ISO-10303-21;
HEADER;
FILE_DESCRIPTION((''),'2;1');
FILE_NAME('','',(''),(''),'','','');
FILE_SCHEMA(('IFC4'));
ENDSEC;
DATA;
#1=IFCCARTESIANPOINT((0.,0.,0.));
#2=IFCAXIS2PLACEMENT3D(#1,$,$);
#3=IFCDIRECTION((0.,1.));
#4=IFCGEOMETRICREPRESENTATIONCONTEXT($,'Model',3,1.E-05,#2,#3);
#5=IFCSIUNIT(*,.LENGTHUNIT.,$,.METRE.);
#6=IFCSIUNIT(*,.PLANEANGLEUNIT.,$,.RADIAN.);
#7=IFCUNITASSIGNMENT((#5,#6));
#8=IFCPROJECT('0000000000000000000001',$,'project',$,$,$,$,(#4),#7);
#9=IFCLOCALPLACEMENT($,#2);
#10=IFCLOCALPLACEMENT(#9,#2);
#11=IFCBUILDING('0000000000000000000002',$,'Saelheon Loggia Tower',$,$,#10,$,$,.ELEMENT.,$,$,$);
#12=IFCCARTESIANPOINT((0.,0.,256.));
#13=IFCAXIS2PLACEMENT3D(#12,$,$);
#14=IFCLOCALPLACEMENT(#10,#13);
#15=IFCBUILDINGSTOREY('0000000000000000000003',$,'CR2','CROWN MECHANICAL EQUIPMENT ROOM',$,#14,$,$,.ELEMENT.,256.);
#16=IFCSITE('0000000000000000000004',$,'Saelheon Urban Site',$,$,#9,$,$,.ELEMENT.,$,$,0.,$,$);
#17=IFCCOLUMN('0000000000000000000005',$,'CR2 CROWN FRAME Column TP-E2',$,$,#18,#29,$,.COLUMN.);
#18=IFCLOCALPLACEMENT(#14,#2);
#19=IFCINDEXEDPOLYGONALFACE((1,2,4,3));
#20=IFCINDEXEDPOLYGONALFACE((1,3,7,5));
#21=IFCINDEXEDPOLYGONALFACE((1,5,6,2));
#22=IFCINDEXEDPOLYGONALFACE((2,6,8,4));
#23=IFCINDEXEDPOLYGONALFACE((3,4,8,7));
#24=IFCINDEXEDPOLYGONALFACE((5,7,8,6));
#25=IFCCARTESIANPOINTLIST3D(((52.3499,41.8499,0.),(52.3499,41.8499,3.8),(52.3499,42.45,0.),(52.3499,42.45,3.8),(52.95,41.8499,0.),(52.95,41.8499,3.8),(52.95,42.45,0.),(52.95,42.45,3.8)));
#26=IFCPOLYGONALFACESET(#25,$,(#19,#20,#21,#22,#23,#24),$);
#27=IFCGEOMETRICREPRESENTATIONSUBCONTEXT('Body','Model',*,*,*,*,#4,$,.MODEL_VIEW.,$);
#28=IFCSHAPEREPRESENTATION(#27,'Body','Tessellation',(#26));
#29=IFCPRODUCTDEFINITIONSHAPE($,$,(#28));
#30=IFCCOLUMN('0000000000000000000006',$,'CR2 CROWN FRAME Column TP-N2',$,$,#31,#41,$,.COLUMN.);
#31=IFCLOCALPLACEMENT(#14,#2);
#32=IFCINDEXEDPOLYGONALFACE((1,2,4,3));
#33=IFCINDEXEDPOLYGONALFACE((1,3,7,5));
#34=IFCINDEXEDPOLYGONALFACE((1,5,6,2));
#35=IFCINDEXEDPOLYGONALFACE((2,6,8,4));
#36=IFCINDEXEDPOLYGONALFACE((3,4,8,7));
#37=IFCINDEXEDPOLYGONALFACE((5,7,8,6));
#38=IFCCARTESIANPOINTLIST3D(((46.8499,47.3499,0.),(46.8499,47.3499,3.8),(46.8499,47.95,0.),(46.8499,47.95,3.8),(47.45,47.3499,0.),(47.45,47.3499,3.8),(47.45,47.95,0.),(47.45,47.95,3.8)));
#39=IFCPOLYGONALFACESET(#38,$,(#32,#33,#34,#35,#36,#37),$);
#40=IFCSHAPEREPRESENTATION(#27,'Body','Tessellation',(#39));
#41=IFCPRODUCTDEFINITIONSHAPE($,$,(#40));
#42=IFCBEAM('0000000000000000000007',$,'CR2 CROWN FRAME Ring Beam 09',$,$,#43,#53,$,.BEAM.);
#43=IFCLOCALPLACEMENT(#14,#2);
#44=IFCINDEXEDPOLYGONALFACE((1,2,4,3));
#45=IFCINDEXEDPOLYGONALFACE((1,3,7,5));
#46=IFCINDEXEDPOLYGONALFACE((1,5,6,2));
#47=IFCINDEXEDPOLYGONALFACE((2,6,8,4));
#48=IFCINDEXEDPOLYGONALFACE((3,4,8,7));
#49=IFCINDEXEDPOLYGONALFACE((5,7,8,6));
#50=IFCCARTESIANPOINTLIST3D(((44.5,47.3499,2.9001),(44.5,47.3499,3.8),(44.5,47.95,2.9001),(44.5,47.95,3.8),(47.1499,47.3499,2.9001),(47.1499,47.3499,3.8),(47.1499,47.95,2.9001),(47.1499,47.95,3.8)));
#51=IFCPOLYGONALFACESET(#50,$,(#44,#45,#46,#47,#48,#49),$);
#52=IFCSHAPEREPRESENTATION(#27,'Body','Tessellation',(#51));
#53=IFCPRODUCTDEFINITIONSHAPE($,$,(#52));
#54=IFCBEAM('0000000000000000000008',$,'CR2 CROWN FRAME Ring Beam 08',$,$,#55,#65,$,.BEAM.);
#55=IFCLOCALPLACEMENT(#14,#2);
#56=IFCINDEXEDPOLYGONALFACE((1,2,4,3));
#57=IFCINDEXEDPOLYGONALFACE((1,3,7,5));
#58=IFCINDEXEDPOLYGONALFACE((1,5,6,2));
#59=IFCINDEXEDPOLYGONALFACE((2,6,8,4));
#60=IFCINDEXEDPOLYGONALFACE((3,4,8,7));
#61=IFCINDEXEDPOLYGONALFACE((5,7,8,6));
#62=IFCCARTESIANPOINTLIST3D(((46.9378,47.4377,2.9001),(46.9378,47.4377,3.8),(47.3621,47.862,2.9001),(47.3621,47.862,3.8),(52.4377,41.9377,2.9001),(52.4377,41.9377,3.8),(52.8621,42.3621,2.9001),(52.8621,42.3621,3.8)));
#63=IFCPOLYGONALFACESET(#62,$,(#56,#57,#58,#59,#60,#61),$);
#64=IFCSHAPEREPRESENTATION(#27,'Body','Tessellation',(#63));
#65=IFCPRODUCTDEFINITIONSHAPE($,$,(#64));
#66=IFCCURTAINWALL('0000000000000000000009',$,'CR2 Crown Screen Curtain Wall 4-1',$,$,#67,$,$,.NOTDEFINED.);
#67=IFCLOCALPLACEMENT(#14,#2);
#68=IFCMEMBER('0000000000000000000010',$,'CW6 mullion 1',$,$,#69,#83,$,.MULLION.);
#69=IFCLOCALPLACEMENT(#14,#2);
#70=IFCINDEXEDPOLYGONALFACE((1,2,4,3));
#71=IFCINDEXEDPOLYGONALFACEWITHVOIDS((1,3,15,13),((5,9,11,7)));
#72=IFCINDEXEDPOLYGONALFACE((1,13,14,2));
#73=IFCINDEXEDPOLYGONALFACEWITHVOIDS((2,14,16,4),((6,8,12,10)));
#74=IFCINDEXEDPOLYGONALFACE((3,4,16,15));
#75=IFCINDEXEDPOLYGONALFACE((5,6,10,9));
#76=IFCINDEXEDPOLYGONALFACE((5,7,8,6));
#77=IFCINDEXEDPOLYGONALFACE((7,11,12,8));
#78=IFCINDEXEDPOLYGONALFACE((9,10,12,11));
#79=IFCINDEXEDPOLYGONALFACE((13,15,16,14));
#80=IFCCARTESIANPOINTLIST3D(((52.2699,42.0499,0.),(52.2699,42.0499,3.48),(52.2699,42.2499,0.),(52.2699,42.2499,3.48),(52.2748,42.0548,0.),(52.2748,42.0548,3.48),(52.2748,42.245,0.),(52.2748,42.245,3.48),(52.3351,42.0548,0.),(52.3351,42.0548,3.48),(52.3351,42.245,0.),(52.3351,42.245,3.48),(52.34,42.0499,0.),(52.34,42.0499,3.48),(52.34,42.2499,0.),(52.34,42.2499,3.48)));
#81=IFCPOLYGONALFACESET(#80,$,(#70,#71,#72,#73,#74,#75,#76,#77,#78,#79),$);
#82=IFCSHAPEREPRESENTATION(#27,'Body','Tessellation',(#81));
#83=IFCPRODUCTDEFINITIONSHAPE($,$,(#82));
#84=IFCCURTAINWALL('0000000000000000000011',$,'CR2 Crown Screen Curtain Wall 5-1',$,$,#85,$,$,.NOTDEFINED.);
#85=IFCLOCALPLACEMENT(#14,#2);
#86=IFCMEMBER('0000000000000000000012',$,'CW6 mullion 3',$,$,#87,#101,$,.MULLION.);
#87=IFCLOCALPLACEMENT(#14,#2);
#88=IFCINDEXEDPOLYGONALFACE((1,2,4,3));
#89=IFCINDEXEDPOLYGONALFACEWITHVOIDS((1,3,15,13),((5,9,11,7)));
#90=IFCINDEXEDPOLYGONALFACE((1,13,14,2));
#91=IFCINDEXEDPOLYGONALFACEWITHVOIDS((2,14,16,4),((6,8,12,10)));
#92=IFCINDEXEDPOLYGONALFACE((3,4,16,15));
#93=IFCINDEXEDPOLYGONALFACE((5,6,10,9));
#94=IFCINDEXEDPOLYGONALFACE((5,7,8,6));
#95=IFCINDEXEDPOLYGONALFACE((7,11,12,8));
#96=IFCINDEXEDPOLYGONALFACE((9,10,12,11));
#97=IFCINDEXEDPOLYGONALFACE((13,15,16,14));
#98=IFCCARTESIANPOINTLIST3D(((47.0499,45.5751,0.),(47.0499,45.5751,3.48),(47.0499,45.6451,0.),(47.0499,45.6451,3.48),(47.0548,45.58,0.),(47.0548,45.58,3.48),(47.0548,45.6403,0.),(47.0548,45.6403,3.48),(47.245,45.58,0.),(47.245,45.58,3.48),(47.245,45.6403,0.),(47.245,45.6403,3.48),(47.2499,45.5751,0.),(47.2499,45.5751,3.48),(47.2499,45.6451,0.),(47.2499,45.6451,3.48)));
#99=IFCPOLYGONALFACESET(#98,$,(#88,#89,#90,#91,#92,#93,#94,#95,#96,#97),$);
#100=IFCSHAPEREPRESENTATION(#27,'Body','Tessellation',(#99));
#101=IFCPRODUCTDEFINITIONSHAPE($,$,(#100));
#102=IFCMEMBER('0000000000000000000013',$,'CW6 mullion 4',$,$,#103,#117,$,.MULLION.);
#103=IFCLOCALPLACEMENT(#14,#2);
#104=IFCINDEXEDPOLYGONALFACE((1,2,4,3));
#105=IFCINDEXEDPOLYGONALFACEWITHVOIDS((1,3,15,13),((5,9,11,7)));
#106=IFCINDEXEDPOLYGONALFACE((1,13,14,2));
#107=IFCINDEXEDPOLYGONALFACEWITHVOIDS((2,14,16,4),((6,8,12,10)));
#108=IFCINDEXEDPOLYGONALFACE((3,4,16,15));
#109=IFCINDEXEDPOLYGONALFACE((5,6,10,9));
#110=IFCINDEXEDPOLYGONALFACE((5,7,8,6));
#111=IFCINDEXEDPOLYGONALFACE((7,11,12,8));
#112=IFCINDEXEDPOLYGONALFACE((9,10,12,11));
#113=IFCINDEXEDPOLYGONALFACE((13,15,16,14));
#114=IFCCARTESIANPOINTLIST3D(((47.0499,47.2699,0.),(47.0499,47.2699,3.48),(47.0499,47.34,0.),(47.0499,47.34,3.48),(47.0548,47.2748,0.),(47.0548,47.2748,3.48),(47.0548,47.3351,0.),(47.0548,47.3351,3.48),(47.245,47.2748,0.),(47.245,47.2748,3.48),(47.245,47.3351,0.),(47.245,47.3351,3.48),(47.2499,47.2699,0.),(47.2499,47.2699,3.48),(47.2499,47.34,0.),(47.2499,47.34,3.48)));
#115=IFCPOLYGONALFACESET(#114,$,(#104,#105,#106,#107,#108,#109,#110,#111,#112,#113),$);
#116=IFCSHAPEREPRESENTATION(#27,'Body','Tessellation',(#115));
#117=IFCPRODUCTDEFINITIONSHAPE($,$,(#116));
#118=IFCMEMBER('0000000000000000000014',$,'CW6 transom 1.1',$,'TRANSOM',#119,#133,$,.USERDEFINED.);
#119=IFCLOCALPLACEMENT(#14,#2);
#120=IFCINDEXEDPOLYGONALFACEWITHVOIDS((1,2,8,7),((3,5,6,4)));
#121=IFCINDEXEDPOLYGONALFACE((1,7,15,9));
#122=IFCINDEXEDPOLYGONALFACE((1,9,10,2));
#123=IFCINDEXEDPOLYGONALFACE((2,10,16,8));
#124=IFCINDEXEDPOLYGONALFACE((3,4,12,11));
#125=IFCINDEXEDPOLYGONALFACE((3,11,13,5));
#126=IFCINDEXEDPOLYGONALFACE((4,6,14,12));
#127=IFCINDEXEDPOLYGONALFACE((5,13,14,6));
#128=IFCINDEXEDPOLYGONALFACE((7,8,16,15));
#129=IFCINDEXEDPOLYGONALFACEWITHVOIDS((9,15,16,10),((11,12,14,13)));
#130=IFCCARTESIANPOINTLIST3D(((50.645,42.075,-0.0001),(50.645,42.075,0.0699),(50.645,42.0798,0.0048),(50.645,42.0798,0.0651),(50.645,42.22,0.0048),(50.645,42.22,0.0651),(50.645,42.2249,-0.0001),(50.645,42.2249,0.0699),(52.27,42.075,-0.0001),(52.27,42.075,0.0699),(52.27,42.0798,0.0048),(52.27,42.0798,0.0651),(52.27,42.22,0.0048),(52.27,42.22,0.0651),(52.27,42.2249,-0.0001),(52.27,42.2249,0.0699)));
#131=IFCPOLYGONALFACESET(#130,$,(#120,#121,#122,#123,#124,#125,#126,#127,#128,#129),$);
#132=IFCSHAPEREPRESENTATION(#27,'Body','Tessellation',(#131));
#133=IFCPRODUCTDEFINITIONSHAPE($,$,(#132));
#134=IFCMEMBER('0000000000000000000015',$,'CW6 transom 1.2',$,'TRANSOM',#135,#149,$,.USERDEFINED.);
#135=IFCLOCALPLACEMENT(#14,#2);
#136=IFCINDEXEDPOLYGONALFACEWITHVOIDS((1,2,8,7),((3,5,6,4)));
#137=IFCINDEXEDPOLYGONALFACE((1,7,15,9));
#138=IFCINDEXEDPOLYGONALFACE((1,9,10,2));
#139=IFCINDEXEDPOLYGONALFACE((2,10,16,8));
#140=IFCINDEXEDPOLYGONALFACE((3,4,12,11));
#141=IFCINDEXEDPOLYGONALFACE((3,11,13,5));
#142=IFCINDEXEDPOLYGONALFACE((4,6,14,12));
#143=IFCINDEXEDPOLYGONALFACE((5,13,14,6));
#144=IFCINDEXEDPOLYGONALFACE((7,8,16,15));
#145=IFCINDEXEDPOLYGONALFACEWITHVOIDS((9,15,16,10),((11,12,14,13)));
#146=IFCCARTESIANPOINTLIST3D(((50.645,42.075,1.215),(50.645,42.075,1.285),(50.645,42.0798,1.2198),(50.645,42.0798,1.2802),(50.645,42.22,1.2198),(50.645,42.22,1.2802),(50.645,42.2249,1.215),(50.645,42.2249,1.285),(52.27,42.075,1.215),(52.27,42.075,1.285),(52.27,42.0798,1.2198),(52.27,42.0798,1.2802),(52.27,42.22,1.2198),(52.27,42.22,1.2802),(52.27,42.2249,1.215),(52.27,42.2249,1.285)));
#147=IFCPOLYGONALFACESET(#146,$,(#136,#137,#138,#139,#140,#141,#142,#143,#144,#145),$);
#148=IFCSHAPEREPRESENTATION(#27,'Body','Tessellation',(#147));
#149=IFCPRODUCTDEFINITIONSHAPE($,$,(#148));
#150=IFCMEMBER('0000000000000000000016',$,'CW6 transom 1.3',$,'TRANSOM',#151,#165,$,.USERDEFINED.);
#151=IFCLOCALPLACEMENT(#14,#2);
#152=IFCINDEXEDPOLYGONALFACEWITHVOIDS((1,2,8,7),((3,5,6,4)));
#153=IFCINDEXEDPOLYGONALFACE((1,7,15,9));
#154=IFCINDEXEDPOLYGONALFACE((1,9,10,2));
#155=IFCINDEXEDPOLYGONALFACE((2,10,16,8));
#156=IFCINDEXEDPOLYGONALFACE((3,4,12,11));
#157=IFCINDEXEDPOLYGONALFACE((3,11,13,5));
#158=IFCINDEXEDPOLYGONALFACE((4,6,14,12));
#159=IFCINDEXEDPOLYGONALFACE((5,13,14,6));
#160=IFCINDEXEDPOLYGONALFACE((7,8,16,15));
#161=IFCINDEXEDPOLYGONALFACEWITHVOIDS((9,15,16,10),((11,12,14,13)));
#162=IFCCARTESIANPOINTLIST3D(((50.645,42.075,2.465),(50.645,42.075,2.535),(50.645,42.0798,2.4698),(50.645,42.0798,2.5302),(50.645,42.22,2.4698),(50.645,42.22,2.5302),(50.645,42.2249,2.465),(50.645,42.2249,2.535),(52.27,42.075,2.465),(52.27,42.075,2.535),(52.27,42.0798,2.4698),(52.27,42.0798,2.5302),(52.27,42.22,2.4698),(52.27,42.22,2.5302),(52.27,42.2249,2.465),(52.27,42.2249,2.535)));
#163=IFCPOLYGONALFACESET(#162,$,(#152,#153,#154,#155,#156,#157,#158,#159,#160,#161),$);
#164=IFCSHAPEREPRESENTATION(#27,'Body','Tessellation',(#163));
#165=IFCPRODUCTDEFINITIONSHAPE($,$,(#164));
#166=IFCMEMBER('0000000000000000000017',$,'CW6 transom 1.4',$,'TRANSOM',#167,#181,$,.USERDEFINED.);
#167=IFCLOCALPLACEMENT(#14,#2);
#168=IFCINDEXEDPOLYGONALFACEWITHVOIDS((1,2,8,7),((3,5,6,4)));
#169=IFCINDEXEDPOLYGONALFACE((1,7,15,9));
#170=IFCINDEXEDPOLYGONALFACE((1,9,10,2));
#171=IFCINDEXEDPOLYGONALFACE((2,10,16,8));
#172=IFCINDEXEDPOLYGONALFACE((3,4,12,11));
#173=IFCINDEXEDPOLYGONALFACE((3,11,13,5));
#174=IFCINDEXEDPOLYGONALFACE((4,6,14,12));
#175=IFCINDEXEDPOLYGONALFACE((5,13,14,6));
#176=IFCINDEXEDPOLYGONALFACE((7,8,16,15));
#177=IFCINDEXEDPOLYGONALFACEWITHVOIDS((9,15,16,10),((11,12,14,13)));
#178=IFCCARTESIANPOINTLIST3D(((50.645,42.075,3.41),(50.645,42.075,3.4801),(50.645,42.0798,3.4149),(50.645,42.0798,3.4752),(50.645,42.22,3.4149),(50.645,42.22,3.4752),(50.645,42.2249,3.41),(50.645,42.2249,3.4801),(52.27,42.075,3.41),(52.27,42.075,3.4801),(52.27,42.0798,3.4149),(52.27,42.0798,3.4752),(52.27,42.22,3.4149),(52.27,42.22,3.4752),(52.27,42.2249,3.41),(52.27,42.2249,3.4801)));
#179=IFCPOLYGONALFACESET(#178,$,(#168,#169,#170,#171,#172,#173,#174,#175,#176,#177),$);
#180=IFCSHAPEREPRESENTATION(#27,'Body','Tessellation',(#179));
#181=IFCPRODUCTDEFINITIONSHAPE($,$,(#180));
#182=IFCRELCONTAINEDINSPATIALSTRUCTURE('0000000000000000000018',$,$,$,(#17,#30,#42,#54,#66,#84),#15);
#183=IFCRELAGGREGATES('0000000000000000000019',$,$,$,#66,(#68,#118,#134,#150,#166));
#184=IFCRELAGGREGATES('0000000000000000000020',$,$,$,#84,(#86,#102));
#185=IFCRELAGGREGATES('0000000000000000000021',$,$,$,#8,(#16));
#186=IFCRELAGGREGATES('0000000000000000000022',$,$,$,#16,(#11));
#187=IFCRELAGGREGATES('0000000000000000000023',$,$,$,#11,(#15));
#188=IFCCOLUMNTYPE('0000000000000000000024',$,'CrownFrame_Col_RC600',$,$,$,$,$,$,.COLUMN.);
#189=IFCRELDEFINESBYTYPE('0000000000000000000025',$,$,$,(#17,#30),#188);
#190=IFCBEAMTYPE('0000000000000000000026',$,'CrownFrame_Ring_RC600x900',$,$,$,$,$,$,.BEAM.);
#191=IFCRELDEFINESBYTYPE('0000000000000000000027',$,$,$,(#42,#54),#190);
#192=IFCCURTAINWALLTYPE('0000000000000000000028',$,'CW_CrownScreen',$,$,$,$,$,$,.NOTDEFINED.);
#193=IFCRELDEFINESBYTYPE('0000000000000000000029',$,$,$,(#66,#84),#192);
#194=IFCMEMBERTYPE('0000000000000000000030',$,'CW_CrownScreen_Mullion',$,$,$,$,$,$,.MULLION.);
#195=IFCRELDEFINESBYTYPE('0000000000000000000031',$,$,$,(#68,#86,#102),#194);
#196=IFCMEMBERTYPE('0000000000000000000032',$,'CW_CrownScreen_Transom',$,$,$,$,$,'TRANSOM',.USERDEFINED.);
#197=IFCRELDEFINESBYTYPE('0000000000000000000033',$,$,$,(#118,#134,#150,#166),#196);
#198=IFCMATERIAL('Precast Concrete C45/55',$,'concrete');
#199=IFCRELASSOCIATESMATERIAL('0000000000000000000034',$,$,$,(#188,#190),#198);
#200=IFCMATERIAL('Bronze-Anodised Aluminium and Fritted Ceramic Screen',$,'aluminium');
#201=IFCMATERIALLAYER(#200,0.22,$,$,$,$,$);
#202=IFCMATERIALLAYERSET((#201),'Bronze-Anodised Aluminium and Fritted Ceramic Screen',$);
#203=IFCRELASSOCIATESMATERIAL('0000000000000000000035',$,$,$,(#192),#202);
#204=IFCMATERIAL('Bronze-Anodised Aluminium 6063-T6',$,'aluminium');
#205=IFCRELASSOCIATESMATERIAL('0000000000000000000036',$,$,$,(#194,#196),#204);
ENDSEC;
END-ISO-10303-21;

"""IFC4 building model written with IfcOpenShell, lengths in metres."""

from ifc_helpers import new_model, si_unit, direction, frame, origin, origin_2d, place, context, subcontext, project, spatial, rectangle, hollow_rectangle, extrude, source, transform, mapped, material, layer, layer_set, material_profile, profile_set, type_object, element, aggregate, save


model = new_model("IFC4")

# Units and contexts
model_context = context("Model", 3, precision=1e-05, world=origin(), true_north=direction((0.0, 1.0)))
body_context = subcontext(model_context, "Body", "Model", "MODEL_VIEW")
ifc_project = project(units=[si_unit("LENGTHUNIT", "METRE"), si_unit("PLANEANGLEUNIT", "RADIAN")], contexts=[model_context])

# Site, building, storey
site_placement = place(None, origin())
site = spatial("IfcSite", under=ifc_project, at=site_placement, Name="Saelheon Urban Site", CompositionType="ELEMENT", RefElevation=0.0)
building_placement = place(site_placement, origin())
building = spatial("IfcBuilding", under=site, at=building_placement, Name="Saelheon Loggia Tower", CompositionType="ELEMENT")
storey_placement = place(building_placement, frame((0.0, 0.0, 256.0)))
storey = spatial("IfcBuildingStorey", under=building, at=storey_placement, Name="CR2", Description="CROWN MECHANICAL EQUIPMENT ROOM", CompositionType="ELEMENT", Elevation=256.0)

# Columns
ifc_material_1 = material(Name="Precast Concrete C45/55", Category="concrete")
ifc_material_profile_1 = material_profile(ifc_material_1, rectangle(XDim=0.6001, YDim=0.6001, at=origin_2d()), Name="RC-600x600")
ifc_profile_set_1 = profile_set([ifc_material_profile_1], Name="Precast Concrete C45/55")
column_type = type_object("IfcColumnType", Name="CrownFrame_Col_RC600", PredefinedType="COLUMN", material=ifc_profile_set_1)
shared_shape_1 = source(origin(), body_context, "Body", "SweptSolid", [
    extrude(rectangle(XDim=0.6001, YDim=0.6001, at=origin_2d()), origin(), (0.0, 0.0, 1.0), 3.8),
])
for number, where, z_axis, x_axis, name in (
    (1, (52.6499, 42.1499, 0.0), (0.0, 0.0, 1.0), (1.0, 0.0, 0.0), "CR2 CROWN FRAME Column TP-E2"),
    (2, (47.1499, 47.6499, 0.0), (0.0, 0.0, 1.0), (1.0, 0.0, 0.0), "CR2 CROWN FRAME Column TP-N2"),
):
    element("IfcColumn", number, at=place(storey_placement, frame(where, z_axis=z_axis, x_axis=x_axis)), inside=storey, type_object=column_type, Name=name, PredefinedType="COLUMN", context=body_context, shape_type="MappedRepresentation", body=[
        mapped(shared_shape_1, transform((0.0, 0.0, 0.0), scale=1.0)),
    ])

# Beams
ifc_material_profile_2 = material_profile(ifc_material_1, rectangle(XDim=0.6001, YDim=0.8999, at=origin_2d()), Name="RC-600x900")
ifc_profile_set_2 = profile_set([ifc_material_profile_2], Name="Precast Concrete C45/55")
beam_type = type_object("IfcBeamType", Name="CrownFrame_Ring_RC600x900", PredefinedType="BEAM", material=ifc_profile_set_2)
shared_shape_2 = source(origin(), body_context, "Body", "SweptSolid", [
    extrude(rectangle(XDim=0.6001, YDim=0.8999, at=origin_2d()), origin(), (0.0, 0.0, 1.0), 2.6499),
])
beam_1_placement = place(storey_placement, frame((47.1499, 47.6499, 3.3501), z_axis=(-1.0, 0.0, 0.0), x_axis=(0.0, -1.0, 0.0)))
element("IfcBeam", 3, at=beam_1_placement, inside=storey, type_object=beam_type, Name="CR2 CROWN FRAME Ring Beam 09", PredefinedType="BEAM", context=body_context, shape_type="MappedRepresentation", body=[
    mapped(shared_shape_2, transform((0.0, 0.0, 0.0), scale=1.0)),
])
shared_shape_3 = source(origin(), body_context, "Body", "SweptSolid", [
    extrude(rectangle(XDim=0.6001, YDim=0.8999, at=origin_2d()), origin(), (0.0, 0.0, 1.0), 7.7781),
])
beam_2_placement = place(storey_placement, frame((52.6499, 42.1499, 3.3501), z_axis=(-0.707107, 0.707107, 0.0), x_axis=(-0.707107, -0.707107, 0.0)))
element("IfcBeam", 4, at=beam_2_placement, inside=storey, type_object=beam_type, Name="CR2 CROWN FRAME Ring Beam 08", PredefinedType="BEAM", context=body_context, shape_type="MappedRepresentation", body=[
    mapped(shared_shape_3, transform((0.0, 0.0, 0.0), scale=1.0)),
])

# Curtain wall, member
ifc_material_2 = material(Name="Bronze-Anodised Aluminium and Fritted Ceramic Screen", Category="aluminium")
ifc_layer_1 = layer(ifc_material_2, 0.22)
ifc_layer_set_1 = layer_set([ifc_layer_1], Name="Bronze-Anodised Aluminium and Fritted Ceramic Screen")
curtain_wall_type = type_object("IfcCurtainWallType", Name="CW_CrownScreen", PredefinedType="NOTDEFINED", material=ifc_layer_set_1)
curtain_wall_1_placement = place(storey_placement, origin())
curtain_wall_1 = element("IfcCurtainWall", 5, at=curtain_wall_1_placement, inside=storey, type_object=curtain_wall_type, Name="CR2 Crown Screen Curtain Wall 4-1", PredefinedType="NOTDEFINED")
ifc_material_3 = material(Name="Bronze-Anodised Aluminium 6063-T6", Category="aluminium")
ifc_material_profile_3 = material_profile(ifc_material_3, hollow_rectangle(XDim=0.0701, YDim=0.2, WallThickness=0.0049, at=origin_2d()), Name="RHS-200x70x5")
ifc_profile_set_3 = profile_set([ifc_material_profile_3], Name="Bronze-Anodised Aluminium 6063-T6")
member_type_1 = type_object("IfcMemberType", Name="CW_CrownScreen_Mullion", PredefinedType="MULLION", material=ifc_profile_set_3)
shared_shape_4 = source(origin(), body_context, "Body", "SweptSolid", [
    extrude(hollow_rectangle(XDim=0.0701, YDim=0.2, WallThickness=0.0049, at=origin_2d()), origin(), (0.0, 0.0, 1.0), 3.48),
])
member_1_placement = place(storey_placement, frame((52.3049, 42.1499, 0.0), z_axis=(0.0, 0.0, 1.0), x_axis=(-1.0, 0.0, 0.0)))
member_1 = element("IfcMember", 6, at=member_1_placement, type_object=member_type_1, Name="CW6 mullion 1", PredefinedType="MULLION", context=body_context, shape_type="MappedRepresentation", body=[
    mapped(shared_shape_4, transform((0.0, 0.0, 0.0), scale=1.0)),
])

# Curtain wall, members
curtain_wall_2_placement = place(storey_placement, origin())
curtain_wall_2 = element("IfcCurtainWall", 7, at=curtain_wall_2_placement, inside=storey, type_object=curtain_wall_type, Name="CR2 Crown Screen Curtain Wall 5-1", PredefinedType="NOTDEFINED")
member_2_placement = place(storey_placement, frame((47.1499, 45.6101, 0.0), z_axis=(0.0, 0.0, 1.0), x_axis=(0.0, 1.0, 0.0)))
member_2 = element("IfcMember", 8, at=member_2_placement, type_object=member_type_1, Name="CW6 mullion 3", PredefinedType="MULLION", context=body_context, shape_type="MappedRepresentation", body=[
    mapped(shared_shape_4, transform((0.0, 0.0, 0.0), scale=1.0)),
])
member_3_placement = place(storey_placement, frame((47.1499, 47.3049, 0.0), z_axis=(0.0, 0.0, 1.0), x_axis=(0.0, 1.0, 0.0)))
member_3 = element("IfcMember", 9, at=member_3_placement, type_object=member_type_1, Name="CW6 mullion 4", PredefinedType="MULLION", context=body_context, shape_type="MappedRepresentation", body=[
    mapped(shared_shape_4, transform((0.0, 0.0, 0.0), scale=1.0)),
])

# Members
ifc_material_profile_4 = material_profile(ifc_material_3, hollow_rectangle(XDim=0.0701, YDim=0.1499, WallThickness=0.0049, at=origin_2d()), Name="RHS-150x70x5")
ifc_profile_set_4 = profile_set([ifc_material_profile_4], Name="Bronze-Anodised Aluminium 6063-T6")
member_type_2 = type_object("IfcMemberType", Name="CW_CrownScreen_Transom", ElementType="TRANSOM", PredefinedType="USERDEFINED", material=ifc_profile_set_4)
shared_shape_5 = source(origin(), body_context, "Body", "SweptSolid", [
    extrude(hollow_rectangle(XDim=0.0701, YDim=0.1499, WallThickness=0.0049, at=origin_2d()), origin(), (0.0, 0.0, 1.0), 1.625),
])
member_4_placement = place(storey_placement, frame((52.27, 42.1499, 0.0349), z_axis=(-1.0, 0.0, 0.0), x_axis=(0.0, 0.0, 1.0)))
member_4 = element("IfcMember", 10, at=member_4_placement, type_object=member_type_2, Name="CW6 transom 1.1", ObjectType="TRANSOM", PredefinedType="USERDEFINED", context=body_context, shape_type="MappedRepresentation", body=[
    mapped(shared_shape_5, transform((0.0, 0.0, 0.0), scale=1.0)),
])
member_5_placement = place(storey_placement, frame((52.27, 42.1499, 1.25), z_axis=(-1.0, 0.0, 0.0), x_axis=(0.0, 0.0, 1.0)))
member_5 = element("IfcMember", 11, at=member_5_placement, type_object=member_type_2, Name="CW6 transom 1.2", ObjectType="TRANSOM", PredefinedType="USERDEFINED", context=body_context, shape_type="MappedRepresentation", body=[
    mapped(shared_shape_5, transform((0.0, 0.0, 0.0), scale=1.0)),
])
member_6_placement = place(storey_placement, frame((52.27, 42.1499, 2.5), z_axis=(-1.0, 0.0, 0.0), x_axis=(0.0, 0.0, 1.0)))
member_6 = element("IfcMember", 12, at=member_6_placement, type_object=member_type_2, Name="CW6 transom 1.3", ObjectType="TRANSOM", PredefinedType="USERDEFINED", context=body_context, shape_type="MappedRepresentation", body=[
    mapped(shared_shape_5, transform((0.0, 0.0, 0.0), scale=1.0)),
])
member_7_placement = place(storey_placement, frame((52.27, 42.1499, 3.4451), z_axis=(-1.0, 0.0, 0.0), x_axis=(0.0, 0.0, 1.0)))
member_7 = element("IfcMember", 13, at=member_7_placement, type_object=member_type_2, Name="CW6 transom 1.4", ObjectType="TRANSOM", PredefinedType="USERDEFINED", context=body_context, shape_type="MappedRepresentation", body=[
    mapped(shared_shape_5, transform((0.0, 0.0, 0.0), scale=1.0)),
])

aggregate(curtain_wall_1, [member_1, member_4, member_5, member_6, member_7])
aggregate(curtain_wall_2, [member_2, member_3])

save(model, "model.ifc")
